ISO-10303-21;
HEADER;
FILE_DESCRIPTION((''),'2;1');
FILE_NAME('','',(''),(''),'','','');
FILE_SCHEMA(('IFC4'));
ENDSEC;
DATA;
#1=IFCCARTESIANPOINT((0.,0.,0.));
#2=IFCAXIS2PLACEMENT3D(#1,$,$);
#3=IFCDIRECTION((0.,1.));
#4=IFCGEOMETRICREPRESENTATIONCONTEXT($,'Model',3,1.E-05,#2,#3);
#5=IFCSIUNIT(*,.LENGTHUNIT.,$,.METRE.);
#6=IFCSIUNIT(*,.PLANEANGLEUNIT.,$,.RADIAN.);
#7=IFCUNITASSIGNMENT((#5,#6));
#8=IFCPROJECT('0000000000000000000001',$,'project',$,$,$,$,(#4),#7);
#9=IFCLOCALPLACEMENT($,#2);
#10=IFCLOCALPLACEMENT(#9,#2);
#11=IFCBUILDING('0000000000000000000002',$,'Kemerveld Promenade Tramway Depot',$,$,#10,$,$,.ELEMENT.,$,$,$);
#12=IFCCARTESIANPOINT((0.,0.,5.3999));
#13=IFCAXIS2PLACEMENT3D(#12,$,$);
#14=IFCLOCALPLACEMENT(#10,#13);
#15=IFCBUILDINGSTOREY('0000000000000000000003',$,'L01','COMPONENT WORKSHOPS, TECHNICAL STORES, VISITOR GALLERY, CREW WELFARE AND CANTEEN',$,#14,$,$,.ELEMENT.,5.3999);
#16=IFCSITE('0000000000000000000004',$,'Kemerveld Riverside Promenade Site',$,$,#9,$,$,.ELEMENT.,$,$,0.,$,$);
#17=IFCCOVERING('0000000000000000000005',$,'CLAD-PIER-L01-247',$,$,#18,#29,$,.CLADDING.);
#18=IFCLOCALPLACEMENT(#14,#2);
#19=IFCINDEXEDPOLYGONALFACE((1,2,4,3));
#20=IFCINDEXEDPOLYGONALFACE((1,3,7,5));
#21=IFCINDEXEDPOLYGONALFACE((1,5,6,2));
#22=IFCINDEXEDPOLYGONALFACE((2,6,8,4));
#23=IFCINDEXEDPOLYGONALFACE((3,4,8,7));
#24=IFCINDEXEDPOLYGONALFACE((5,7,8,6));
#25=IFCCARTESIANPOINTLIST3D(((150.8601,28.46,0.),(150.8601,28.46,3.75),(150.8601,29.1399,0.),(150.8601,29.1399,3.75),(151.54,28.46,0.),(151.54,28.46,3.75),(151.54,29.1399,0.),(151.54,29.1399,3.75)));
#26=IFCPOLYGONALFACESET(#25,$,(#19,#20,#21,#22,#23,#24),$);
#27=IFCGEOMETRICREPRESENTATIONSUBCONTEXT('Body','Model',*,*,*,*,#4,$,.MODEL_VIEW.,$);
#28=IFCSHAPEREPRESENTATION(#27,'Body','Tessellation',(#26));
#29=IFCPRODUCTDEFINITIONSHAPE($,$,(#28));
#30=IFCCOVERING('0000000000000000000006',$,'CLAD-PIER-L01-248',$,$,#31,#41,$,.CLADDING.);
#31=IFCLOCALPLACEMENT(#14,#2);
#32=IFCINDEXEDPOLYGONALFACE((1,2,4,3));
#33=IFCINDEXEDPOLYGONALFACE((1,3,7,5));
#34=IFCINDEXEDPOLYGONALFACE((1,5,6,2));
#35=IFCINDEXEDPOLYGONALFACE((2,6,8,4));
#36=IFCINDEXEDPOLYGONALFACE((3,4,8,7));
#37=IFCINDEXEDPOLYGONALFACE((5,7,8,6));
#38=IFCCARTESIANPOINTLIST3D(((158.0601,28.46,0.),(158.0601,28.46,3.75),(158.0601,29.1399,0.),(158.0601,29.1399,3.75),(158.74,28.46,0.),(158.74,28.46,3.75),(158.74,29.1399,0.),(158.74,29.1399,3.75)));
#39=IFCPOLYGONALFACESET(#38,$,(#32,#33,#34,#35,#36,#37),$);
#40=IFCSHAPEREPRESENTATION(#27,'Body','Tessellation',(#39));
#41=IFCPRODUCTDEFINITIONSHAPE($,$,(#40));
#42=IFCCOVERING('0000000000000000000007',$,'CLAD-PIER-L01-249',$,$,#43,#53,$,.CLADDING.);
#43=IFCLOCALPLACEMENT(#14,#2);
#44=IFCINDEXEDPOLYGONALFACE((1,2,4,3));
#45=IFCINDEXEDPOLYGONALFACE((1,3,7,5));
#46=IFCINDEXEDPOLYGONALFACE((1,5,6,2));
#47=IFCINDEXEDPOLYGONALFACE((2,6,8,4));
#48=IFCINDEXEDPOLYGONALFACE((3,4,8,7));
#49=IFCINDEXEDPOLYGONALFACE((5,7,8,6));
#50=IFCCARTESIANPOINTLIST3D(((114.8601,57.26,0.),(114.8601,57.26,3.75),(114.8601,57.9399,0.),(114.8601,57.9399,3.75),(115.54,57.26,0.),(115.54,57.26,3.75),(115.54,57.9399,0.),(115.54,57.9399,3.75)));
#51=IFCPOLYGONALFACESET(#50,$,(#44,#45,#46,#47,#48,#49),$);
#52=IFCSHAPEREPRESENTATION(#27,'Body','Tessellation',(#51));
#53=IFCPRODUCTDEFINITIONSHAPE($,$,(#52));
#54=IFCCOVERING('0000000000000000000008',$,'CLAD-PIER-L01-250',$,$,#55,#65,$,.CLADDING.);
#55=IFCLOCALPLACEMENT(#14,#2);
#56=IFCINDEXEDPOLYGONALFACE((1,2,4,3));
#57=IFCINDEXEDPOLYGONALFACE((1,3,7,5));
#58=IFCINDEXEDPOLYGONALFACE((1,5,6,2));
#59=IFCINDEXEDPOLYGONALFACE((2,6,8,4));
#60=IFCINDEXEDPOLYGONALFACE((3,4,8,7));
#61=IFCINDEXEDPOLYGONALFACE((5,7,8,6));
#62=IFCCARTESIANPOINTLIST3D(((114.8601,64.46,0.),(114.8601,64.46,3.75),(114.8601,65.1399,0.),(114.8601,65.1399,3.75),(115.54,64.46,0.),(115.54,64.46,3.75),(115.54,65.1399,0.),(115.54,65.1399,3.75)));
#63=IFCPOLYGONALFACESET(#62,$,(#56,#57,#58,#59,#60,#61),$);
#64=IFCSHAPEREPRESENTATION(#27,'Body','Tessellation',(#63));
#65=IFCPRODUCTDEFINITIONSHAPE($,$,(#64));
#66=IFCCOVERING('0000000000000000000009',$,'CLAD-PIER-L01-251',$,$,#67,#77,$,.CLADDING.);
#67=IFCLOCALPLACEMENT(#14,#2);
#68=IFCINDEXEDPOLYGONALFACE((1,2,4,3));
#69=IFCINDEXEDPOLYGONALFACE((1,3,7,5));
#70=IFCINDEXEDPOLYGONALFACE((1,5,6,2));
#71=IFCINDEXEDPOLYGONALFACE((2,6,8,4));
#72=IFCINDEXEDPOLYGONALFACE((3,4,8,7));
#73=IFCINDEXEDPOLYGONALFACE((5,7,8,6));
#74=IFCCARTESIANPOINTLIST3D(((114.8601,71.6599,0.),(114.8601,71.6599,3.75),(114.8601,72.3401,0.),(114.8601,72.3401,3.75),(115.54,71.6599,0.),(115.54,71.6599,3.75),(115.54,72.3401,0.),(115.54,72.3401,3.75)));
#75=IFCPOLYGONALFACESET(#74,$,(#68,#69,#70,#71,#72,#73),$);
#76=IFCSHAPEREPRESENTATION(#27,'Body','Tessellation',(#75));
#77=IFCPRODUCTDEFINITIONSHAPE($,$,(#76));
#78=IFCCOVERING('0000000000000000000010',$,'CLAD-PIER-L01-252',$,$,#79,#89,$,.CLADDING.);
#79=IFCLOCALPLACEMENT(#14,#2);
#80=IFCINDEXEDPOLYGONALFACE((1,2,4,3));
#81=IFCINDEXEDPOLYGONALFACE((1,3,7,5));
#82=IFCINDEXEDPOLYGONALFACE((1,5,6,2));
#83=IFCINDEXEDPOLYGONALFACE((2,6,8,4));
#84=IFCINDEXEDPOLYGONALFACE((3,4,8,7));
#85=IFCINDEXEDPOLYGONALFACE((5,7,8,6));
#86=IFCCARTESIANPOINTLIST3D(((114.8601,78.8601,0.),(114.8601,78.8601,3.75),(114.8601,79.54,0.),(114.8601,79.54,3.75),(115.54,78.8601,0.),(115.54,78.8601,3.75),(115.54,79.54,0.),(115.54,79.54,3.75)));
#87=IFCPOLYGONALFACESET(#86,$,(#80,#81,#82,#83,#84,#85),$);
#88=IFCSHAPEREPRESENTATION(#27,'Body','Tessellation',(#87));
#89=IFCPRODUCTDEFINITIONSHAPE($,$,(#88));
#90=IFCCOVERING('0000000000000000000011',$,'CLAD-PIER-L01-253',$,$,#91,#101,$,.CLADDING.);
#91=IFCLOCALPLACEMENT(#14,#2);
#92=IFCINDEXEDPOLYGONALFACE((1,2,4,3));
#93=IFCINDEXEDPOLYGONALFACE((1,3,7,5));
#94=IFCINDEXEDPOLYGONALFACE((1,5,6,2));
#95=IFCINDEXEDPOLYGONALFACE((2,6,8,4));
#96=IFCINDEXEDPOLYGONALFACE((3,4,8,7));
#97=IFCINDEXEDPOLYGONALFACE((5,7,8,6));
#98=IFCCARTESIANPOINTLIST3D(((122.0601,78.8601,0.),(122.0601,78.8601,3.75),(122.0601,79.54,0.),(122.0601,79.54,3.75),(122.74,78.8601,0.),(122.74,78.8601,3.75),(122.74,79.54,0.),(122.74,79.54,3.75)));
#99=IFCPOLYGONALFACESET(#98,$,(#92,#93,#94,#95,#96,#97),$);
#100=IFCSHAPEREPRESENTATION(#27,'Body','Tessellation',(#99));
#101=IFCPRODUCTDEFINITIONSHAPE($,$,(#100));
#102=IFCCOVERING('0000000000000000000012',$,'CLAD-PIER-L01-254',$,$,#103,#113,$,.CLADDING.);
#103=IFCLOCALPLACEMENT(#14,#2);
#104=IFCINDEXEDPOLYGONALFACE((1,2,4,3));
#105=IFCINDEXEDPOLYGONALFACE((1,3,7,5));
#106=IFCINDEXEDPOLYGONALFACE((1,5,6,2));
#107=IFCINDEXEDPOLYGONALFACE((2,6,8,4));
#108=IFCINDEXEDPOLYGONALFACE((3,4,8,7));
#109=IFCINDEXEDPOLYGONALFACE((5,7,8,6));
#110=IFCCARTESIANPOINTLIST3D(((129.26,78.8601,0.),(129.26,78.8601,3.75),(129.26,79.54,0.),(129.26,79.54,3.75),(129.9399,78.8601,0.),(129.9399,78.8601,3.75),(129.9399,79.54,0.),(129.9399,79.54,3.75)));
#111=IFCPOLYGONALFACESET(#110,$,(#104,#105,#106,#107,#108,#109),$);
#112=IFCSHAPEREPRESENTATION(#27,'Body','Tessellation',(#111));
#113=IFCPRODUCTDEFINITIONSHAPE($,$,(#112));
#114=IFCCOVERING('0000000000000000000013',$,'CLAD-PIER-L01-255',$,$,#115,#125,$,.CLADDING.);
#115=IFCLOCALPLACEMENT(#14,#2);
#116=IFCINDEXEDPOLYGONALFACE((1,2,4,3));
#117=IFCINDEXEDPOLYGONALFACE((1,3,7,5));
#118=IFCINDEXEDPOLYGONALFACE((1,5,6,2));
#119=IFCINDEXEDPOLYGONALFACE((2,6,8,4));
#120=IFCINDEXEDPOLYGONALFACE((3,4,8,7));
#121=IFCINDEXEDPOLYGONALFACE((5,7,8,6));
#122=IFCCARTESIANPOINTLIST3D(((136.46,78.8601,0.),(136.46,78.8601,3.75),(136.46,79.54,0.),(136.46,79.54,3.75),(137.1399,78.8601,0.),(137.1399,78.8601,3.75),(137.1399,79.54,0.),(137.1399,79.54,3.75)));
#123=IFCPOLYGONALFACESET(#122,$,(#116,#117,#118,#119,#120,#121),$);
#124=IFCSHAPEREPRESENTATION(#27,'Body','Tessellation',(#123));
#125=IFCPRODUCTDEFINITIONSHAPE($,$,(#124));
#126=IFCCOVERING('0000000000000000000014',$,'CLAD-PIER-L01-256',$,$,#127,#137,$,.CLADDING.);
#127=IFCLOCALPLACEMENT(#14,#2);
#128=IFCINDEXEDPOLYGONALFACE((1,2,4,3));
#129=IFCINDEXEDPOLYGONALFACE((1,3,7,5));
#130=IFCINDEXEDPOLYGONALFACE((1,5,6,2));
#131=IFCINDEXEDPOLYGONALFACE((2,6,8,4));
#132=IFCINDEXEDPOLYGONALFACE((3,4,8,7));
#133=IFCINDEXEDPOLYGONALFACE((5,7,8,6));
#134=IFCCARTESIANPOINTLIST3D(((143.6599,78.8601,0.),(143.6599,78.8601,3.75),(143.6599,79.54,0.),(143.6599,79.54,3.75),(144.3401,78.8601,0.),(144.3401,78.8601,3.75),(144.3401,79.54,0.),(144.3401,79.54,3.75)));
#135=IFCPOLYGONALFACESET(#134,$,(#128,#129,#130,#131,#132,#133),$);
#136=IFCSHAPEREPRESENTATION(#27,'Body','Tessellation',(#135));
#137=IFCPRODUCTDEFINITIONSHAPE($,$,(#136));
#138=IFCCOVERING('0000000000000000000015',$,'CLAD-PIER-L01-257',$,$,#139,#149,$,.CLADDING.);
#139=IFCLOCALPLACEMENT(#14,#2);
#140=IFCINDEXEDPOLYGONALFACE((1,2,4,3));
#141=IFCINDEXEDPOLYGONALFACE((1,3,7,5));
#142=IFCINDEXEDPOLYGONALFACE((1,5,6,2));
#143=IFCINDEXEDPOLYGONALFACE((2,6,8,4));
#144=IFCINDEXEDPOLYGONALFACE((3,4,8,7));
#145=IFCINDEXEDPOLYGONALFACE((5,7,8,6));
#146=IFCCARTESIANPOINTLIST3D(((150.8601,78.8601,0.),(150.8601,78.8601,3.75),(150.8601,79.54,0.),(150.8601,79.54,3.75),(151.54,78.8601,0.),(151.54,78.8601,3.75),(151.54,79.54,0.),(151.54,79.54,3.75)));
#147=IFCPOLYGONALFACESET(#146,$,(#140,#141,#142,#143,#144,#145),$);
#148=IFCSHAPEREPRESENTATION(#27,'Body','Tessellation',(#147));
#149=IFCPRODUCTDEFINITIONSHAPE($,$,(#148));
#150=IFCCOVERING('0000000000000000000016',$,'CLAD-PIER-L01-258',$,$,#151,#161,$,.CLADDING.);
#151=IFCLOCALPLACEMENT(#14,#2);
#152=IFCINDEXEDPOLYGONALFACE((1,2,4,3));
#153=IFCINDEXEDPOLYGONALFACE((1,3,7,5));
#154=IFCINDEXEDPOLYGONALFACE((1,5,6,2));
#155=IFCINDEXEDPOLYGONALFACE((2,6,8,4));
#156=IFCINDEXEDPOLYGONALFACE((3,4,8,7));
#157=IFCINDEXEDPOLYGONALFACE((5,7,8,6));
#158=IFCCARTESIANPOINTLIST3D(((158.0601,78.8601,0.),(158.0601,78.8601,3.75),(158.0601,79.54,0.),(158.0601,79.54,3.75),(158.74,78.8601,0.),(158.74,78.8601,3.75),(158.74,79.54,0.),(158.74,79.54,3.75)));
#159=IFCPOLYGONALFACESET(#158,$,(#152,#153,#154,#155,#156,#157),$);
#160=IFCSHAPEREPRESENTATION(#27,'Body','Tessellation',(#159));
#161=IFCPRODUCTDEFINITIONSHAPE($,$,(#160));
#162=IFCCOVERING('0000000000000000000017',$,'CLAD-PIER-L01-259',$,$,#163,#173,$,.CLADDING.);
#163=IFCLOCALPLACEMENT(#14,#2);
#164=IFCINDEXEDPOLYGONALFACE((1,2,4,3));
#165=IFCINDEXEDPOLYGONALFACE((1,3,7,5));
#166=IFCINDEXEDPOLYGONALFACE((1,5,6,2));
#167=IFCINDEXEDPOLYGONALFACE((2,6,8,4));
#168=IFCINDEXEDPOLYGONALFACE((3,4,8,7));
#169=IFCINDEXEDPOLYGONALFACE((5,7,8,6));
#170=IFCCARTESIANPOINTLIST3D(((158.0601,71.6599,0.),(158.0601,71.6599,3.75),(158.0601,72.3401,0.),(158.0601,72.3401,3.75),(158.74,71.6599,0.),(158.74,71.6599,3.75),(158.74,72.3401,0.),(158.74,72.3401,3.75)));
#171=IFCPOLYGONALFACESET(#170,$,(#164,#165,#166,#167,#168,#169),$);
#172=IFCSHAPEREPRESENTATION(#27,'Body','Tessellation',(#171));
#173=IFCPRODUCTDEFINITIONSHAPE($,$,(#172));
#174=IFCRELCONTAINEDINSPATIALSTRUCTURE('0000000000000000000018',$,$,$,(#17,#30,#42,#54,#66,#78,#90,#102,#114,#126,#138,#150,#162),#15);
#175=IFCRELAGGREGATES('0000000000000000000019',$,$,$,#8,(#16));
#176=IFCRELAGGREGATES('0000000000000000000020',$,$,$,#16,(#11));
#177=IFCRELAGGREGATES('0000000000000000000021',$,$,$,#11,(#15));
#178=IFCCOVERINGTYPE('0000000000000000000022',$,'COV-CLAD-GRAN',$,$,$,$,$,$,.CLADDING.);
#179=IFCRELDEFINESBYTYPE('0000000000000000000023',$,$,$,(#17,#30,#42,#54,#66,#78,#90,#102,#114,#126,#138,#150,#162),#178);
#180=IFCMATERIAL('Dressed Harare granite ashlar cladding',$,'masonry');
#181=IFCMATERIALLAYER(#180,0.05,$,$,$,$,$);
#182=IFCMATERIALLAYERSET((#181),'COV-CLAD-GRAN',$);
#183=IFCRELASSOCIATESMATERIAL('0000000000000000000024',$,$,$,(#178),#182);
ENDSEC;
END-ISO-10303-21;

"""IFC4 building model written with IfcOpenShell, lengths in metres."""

from ifc_helpers import new_model, si_unit, direction, frame, origin, place, context, subcontext, project, spatial, polyline, outline, extrude, material, layer, layer_set, type_object, element, save


model = new_model("IFC4")

# Units and contexts
model_context = context("Model", 3, precision=1e-05, world=origin(), true_north=direction((0.0, 1.0)))
body_context = subcontext(model_context, "Body", "Model", "MODEL_VIEW")
ifc_project = project(units=[si_unit("LENGTHUNIT", "METRE"), si_unit("PLANEANGLEUNIT", "RADIAN")], contexts=[model_context])

# Site, building, storey
site_placement = place(None, origin())
site = spatial("IfcSite", under=ifc_project, at=site_placement, Name="Kemerveld Riverside Promenade Site", CompositionType="ELEMENT", RefElevation=0.0)
building_placement = place(site_placement, origin())
building = spatial("IfcBuilding", under=site, at=building_placement, Name="Kemerveld Promenade Tramway Depot", CompositionType="ELEMENT")
storey_placement = place(building_placement, frame((0.0, 0.0, 5.3999)))
storey = spatial("IfcBuildingStorey", under=building, at=storey_placement, Name="L01", Description="COMPONENT WORKSHOPS, TECHNICAL STORES, VISITOR GALLERY, CREW WELFARE AND CANTEEN", CompositionType="ELEMENT", Elevation=5.3999)

# Coverings
ifc_material = material(Name="Dressed Harare granite ashlar cladding", Category="masonry")
ifc_layer = layer(ifc_material, 0.05)
ifc_layer_set = layer_set([ifc_layer], Name="COV-CLAD-GRAN")
covering_type = type_object("IfcCoveringType", Name="COV-CLAD-GRAN", PredefinedType="CLADDING", material=ifc_layer_set)
covering_1_placement = place(storey_placement, origin())
element("IfcCovering", 1, at=covering_1_placement, inside=storey, type_object=covering_type, Name="CLAD-PIER-L01-247", PredefinedType="CLADDING", context=body_context, shape_type="SweptSolid", body=[
    extrude(outline(polyline([(150.8601, 28.46), (151.54, 28.46), (151.54, 29.1399), (150.8601, 29.1399), (150.8601, 28.46)])), origin(), (0.0, 0.0, 1.0), 3.75),
])
covering_2_placement = place(storey_placement, origin())
element("IfcCovering", 2, at=covering_2_placement, inside=storey, type_object=covering_type, Name="CLAD-PIER-L01-248", PredefinedType="CLADDING", context=body_context, shape_type="SweptSolid", body=[
    extrude(outline(polyline([(158.0601, 28.46), (158.74, 28.46), (158.74, 29.1399), (158.0601, 29.1399), (158.0601, 28.46)])), origin(), (0.0, 0.0, 1.0), 3.75),
])
covering_3_placement = place(storey_placement, origin())
element("IfcCovering", 3, at=covering_3_placement, inside=storey, type_object=covering_type, Name="CLAD-PIER-L01-249", PredefinedType="CLADDING", context=body_context, shape_type="SweptSolid", body=[
    extrude(outline(polyline([(114.8601, 57.26), (115.54, 57.26), (115.54, 57.9399), (114.8601, 57.9399), (114.8601, 57.26)])), origin(), (0.0, 0.0, 1.0), 3.75),
])
covering_4_placement = place(storey_placement, origin())
element("IfcCovering", 4, at=covering_4_placement, inside=storey, type_object=covering_type, Name="CLAD-PIER-L01-250", PredefinedType="CLADDING", context=body_context, shape_type="SweptSolid", body=[
    extrude(outline(polyline([(114.8601, 64.46), (115.54, 64.46), (115.54, 65.1399), (114.8601, 65.1399), (114.8601, 64.46)])), origin(), (0.0, 0.0, 1.0), 3.75),
])
covering_5_placement = place(storey_placement, origin())
element("IfcCovering", 5, at=covering_5_placement, inside=storey, type_object=covering_type, Name="CLAD-PIER-L01-251", PredefinedType="CLADDING", context=body_context, shape_type="SweptSolid", body=[
    extrude(outline(polyline([(114.8601, 71.6599), (115.54, 71.6599), (115.54, 72.3401), (114.8601, 72.3401), (114.8601, 71.6599)])), origin(), (0.0, 0.0, 1.0), 3.75),
])
covering_6_placement = place(storey_placement, origin())
element("IfcCovering", 6, at=covering_6_placement, inside=storey, type_object=covering_type, Name="CLAD-PIER-L01-252", PredefinedType="CLADDING", context=body_context, shape_type="SweptSolid", body=[
    extrude(outline(polyline([(114.8601, 78.8601), (115.54, 78.8601), (115.54, 79.54), (114.8601, 79.54), (114.8601, 78.8601)])), origin(), (0.0, 0.0, 1.0), 3.75),
])
covering_7_placement = place(storey_placement, origin())
element("IfcCovering", 7, at=covering_7_placement, inside=storey, type_object=covering_type, Name="CLAD-PIER-L01-253", PredefinedType="CLADDING", context=body_context, shape_type="SweptSolid", body=[
    extrude(outline(polyline([(122.0601, 78.8601), (122.74, 78.8601), (122.74, 79.54), (122.0601, 79.54), (122.0601, 78.8601)])), origin(), (0.0, 0.0, 1.0), 3.75),
])
covering_8_placement = place(storey_placement, origin())
element("IfcCovering", 8, at=covering_8_placement, inside=storey, type_object=covering_type, Name="CLAD-PIER-L01-254", PredefinedType="CLADDING", context=body_context, shape_type="SweptSolid", body=[
    extrude(outline(polyline([(129.26, 78.8601), (129.9399, 78.8601), (129.9399, 79.54), (129.26, 79.54), (129.26, 78.8601)])), origin(), (0.0, 0.0, 1.0), 3.75),
])
covering_9_placement = place(storey_placement, origin())
element("IfcCovering", 9, at=covering_9_placement, inside=storey, type_object=covering_type, Name="CLAD-PIER-L01-255", PredefinedType="CLADDING", context=body_context, shape_type="SweptSolid", body=[
    extrude(outline(polyline([(136.46, 78.8601), (137.1399, 78.8601), (137.1399, 79.54), (136.46, 79.54), (136.46, 78.8601)])), origin(), (0.0, 0.0, 1.0), 3.75),
])
covering_10_placement = place(storey_placement, origin())
element("IfcCovering", 10, at=covering_10_placement, inside=storey, type_object=covering_type, Name="CLAD-PIER-L01-256", PredefinedType="CLADDING", context=body_context, shape_type="SweptSolid", body=[
    extrude(outline(polyline([(143.6599, 78.8601), (144.3401, 78.8601), (144.3401, 79.54), (143.6599, 79.54), (143.6599, 78.8601)])), origin(), (0.0, 0.0, 1.0), 3.75),
])
covering_11_placement = place(storey_placement, origin())
element("IfcCovering", 11, at=covering_11_placement, inside=storey, type_object=covering_type, Name="CLAD-PIER-L01-257", PredefinedType="CLADDING", context=body_context, shape_type="SweptSolid", body=[
    extrude(outline(polyline([(150.8601, 78.8601), (151.54, 78.8601), (151.54, 79.54), (150.8601, 79.54), (150.8601, 78.8601)])), origin(), (0.0, 0.0, 1.0), 3.75),
])
covering_12_placement = place(storey_placement, origin())
element("IfcCovering", 12, at=covering_12_placement, inside=storey, type_object=covering_type, Name="CLAD-PIER-L01-258", PredefinedType="CLADDING", context=body_context, shape_type="SweptSolid", body=[
    extrude(outline(polyline([(158.0601, 78.8601), (158.74, 78.8601), (158.74, 79.54), (158.0601, 79.54), (158.0601, 78.8601)])), origin(), (0.0, 0.0, 1.0), 3.75),
])
covering_13_placement = place(storey_placement, origin())
element("IfcCovering", 13, at=covering_13_placement, inside=storey, type_object=covering_type, Name="CLAD-PIER-L01-259", PredefinedType="CLADDING", context=body_context, shape_type="SweptSolid", body=[
    extrude(outline(polyline([(158.0601, 71.6599), (158.74, 71.6599), (158.74, 72.3401), (158.0601, 72.3401), (158.0601, 71.6599)])), origin(), (0.0, 0.0, 1.0), 3.75),
])

save(model, "model.ifc")
